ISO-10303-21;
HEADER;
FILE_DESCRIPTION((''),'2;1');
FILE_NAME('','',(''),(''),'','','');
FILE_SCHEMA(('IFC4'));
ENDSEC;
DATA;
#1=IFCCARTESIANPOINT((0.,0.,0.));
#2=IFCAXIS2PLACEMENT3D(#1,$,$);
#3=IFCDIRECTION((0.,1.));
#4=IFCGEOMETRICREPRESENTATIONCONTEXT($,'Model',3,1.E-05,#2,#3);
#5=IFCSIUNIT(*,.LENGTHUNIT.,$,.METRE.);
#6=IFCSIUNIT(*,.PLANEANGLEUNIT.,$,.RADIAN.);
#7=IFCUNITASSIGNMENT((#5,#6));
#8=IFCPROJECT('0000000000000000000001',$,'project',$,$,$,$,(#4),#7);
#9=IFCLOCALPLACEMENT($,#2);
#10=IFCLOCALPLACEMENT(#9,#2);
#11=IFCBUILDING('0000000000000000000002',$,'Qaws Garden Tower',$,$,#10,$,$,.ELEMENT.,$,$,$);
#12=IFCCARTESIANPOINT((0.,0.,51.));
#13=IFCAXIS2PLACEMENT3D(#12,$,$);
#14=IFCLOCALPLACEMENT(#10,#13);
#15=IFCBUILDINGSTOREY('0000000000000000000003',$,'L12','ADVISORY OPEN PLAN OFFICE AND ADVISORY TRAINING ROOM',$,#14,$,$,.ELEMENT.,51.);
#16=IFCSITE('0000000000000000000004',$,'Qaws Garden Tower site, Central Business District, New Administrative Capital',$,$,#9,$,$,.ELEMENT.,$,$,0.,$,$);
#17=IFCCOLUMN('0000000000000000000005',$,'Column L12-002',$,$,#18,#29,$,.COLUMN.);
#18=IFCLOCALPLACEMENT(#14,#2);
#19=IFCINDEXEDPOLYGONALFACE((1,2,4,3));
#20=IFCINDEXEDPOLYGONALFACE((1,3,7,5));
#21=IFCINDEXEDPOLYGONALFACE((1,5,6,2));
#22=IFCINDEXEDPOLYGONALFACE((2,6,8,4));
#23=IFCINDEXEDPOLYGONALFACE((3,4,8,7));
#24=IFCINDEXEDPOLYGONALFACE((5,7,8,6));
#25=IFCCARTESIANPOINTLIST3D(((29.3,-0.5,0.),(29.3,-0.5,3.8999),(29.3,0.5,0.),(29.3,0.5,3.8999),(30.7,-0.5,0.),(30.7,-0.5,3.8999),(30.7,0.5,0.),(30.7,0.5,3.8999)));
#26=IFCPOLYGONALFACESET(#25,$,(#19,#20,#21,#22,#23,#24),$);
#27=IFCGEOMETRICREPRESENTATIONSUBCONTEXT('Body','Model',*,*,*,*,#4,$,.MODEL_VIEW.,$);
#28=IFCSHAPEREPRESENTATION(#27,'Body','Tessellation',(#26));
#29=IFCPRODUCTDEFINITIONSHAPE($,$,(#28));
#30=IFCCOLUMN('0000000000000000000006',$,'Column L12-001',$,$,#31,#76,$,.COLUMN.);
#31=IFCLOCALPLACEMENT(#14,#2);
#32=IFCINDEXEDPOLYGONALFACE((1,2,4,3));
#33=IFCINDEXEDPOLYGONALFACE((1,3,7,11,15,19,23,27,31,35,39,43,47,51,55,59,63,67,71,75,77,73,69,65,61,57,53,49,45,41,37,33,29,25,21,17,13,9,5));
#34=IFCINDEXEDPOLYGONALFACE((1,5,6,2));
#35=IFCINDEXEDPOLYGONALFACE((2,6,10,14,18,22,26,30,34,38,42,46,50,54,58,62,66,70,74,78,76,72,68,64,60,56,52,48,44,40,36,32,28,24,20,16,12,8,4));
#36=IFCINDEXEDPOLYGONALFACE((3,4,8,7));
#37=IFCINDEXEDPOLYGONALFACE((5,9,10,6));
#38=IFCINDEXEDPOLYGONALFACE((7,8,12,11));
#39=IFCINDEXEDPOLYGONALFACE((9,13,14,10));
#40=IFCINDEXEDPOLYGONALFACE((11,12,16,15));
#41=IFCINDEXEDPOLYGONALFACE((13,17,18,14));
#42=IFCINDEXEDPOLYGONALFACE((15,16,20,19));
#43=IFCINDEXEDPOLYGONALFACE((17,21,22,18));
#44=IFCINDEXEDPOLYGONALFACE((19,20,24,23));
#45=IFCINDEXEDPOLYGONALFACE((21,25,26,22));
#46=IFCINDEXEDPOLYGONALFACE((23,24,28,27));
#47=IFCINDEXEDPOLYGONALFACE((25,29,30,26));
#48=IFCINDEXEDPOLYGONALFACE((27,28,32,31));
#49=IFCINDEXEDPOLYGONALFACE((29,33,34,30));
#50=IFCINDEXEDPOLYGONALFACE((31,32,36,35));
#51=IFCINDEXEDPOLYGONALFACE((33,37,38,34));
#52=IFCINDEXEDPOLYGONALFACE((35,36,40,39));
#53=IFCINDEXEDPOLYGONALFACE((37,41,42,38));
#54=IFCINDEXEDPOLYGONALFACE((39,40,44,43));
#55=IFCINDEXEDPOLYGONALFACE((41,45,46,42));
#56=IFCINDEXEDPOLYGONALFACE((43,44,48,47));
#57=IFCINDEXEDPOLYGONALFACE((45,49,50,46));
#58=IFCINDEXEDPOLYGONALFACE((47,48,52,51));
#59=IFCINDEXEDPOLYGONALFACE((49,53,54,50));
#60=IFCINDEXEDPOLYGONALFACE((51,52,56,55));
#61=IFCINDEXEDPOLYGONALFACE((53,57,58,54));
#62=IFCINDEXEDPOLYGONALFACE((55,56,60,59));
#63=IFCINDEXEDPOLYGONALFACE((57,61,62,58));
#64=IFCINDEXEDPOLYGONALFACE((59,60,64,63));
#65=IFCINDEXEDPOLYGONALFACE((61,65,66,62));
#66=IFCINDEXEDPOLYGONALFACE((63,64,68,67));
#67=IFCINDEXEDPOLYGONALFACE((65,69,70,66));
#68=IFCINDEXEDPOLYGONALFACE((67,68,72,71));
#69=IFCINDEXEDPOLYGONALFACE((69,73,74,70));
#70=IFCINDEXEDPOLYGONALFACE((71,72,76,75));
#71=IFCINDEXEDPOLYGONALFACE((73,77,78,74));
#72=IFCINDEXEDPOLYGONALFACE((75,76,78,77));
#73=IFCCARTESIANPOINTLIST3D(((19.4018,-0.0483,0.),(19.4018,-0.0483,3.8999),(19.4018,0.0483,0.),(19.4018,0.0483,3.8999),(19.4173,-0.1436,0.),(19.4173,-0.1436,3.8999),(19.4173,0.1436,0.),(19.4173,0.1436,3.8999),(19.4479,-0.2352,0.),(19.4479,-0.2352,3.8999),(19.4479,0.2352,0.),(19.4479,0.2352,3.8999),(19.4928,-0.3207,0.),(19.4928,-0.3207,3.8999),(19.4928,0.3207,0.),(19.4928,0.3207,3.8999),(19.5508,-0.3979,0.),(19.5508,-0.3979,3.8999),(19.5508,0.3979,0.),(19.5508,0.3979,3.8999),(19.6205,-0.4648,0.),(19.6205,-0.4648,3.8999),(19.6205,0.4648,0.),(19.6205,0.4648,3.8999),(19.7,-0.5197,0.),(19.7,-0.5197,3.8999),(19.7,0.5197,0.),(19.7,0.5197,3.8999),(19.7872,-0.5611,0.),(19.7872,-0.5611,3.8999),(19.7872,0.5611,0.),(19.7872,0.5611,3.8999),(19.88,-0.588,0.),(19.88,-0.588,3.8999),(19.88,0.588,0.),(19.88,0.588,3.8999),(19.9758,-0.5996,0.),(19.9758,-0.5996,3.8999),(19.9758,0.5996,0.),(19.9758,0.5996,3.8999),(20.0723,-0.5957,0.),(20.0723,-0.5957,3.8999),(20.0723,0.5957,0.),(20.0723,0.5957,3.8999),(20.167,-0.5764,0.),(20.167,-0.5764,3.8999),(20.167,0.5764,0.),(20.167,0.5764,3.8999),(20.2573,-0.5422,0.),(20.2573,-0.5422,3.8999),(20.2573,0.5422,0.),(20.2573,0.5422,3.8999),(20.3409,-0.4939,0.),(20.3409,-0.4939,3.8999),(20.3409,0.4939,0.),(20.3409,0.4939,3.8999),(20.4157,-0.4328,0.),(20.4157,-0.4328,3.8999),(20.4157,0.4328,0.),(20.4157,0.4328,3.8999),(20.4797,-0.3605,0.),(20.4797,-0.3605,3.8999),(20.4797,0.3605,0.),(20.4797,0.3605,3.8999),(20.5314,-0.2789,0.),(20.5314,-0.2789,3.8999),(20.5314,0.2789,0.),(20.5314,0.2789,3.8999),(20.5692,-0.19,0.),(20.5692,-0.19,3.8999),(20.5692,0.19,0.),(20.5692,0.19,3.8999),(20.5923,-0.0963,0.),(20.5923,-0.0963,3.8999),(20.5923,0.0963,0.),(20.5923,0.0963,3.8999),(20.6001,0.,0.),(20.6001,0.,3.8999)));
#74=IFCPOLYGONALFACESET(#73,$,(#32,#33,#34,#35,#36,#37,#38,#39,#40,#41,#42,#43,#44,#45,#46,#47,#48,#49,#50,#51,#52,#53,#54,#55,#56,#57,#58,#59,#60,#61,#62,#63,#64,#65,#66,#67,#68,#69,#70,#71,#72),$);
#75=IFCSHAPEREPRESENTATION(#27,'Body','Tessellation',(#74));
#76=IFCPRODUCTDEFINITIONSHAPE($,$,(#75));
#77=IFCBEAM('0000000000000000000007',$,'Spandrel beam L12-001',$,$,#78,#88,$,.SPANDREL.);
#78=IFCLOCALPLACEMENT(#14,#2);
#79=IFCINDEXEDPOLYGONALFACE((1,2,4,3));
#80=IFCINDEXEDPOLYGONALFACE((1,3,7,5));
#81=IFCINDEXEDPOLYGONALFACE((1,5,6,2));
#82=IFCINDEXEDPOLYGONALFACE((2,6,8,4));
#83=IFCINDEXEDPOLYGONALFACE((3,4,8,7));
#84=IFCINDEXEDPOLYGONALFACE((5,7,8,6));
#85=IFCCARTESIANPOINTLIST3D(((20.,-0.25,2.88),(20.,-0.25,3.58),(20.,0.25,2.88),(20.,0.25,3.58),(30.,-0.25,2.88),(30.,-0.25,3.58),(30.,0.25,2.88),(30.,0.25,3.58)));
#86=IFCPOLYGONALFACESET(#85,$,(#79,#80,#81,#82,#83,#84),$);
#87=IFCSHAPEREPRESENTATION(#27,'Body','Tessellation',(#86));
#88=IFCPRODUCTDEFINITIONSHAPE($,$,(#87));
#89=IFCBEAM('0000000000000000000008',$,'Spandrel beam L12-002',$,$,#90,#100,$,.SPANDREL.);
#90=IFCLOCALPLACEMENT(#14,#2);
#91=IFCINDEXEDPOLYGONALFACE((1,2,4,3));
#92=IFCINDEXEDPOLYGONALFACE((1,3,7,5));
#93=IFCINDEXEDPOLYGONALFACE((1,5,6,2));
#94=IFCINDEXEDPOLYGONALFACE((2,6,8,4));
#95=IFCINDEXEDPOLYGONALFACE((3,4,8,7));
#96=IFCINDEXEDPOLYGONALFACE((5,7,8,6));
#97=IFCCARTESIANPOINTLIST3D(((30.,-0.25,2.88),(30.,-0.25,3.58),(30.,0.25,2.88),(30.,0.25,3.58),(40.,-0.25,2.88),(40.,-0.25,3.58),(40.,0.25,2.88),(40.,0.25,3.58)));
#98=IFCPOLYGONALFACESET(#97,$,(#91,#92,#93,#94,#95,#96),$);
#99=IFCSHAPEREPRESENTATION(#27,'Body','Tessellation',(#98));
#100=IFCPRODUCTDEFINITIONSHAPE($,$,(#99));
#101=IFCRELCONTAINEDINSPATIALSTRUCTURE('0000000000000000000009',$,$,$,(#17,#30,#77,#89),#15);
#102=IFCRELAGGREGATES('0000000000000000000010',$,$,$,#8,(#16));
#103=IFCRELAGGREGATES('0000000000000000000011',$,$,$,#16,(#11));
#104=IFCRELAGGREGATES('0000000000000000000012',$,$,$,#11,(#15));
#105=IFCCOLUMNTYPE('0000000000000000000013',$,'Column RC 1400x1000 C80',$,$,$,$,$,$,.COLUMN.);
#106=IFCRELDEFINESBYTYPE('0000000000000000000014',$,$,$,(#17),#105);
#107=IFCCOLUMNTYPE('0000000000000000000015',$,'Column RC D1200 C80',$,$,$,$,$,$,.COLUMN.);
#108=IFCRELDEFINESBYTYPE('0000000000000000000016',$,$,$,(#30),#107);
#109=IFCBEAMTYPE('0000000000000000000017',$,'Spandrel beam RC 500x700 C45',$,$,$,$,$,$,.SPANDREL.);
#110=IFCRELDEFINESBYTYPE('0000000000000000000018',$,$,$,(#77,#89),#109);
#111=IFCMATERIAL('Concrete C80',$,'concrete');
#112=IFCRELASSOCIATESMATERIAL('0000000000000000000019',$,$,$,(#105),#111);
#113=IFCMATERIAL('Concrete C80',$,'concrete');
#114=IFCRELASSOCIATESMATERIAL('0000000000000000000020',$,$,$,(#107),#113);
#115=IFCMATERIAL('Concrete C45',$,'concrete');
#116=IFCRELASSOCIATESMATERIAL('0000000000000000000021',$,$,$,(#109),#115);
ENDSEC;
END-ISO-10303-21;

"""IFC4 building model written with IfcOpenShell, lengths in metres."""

from ifc_helpers import new_model, si_unit, direction, frame, origin, origin_2d, place, context, subcontext, project, spatial, rectangle, circle, extrude, material, material_profile, profile_set, type_object, element, save


model = new_model("IFC4")

# Units and contexts
model_context = context("Model", 3, precision=1e-05, world=origin(), true_north=direction((0.0, 1.0)))
body_context = subcontext(model_context, "Body", "Model", "MODEL_VIEW")
ifc_project = project(units=[si_unit("LENGTHUNIT", "METRE"), si_unit("PLANEANGLEUNIT", "RADIAN")], contexts=[model_context])

# Site, building, storey
site_placement = place(None, origin())
site = spatial("IfcSite", under=ifc_project, at=site_placement, Name="Qaws Garden Tower site, Central Business District, New Administrative Capital", CompositionType="ELEMENT", RefElevation=0.0)
building_placement = place(site_placement, origin())
building = spatial("IfcBuilding", under=site, at=building_placement, Name="Qaws Garden Tower", CompositionType="ELEMENT")
storey_placement = place(building_placement, frame((0.0, 0.0, 51.0)))
storey = spatial("IfcBuildingStorey", under=building, at=storey_placement, Name="L12", Description="ADVISORY OPEN PLAN OFFICE AND ADVISORY TRAINING ROOM", CompositionType="ELEMENT", Elevation=51.0)

# Columns
ifc_material_1 = material(Name="Concrete C80", Category="concrete")
ifc_material_profile_1 = material_profile(ifc_material_1, rectangle(XDim=1.3999, YDim=1.0, at=origin_2d()), Name="RC 1400x1000")
ifc_profile_set_1 = profile_set([ifc_material_profile_1], Name="Concrete C80")
column_type_1 = type_object("IfcColumnType", Name="Column RC 1400x1000 C80", PredefinedType="COLUMN", material=ifc_profile_set_1)
column_1_placement = place(storey_placement, frame((30.0, 0.0, 0.0), z_axis=(0.0, 0.0, 1.0), x_axis=(1.0, 0.0, 0.0)))
element("IfcColumn", 1, at=column_1_placement, inside=storey, type_object=column_type_1, Name="Column L12-002", PredefinedType="COLUMN", context=body_context, shape_type="SweptSolid", body=[
    extrude(rectangle(XDim=1.3999, YDim=1.0, at=origin_2d()), origin(), (0.0, 0.0, 1.0), 3.8999),
])
ifc_material_2 = material(Name="Concrete C80", Category="concrete")
ifc_material_profile_2 = material_profile(ifc_material_2, circle(Radius=0.6001, at=origin_2d()), Name="RC D1200")
ifc_profile_set_2 = profile_set([ifc_material_profile_2], Name="Concrete C80")
column_type_2 = type_object("IfcColumnType", Name="Column RC D1200 C80", PredefinedType="COLUMN", material=ifc_profile_set_2)
column_2_placement = place(storey_placement, frame((20.0, 0.0, 0.0), z_axis=(0.0, 0.0, 1.0), x_axis=(1.0, 0.0, 0.0)))
element("IfcColumn", 2, at=column_2_placement, inside=storey, type_object=column_type_2, Name="Column L12-001", PredefinedType="COLUMN", context=body_context, shape_type="SweptSolid", body=[
    extrude(circle(Radius=0.6001, at=origin_2d()), origin(), (0.0, 0.0, 1.0), 3.8999),
])

# Beams
ifc_material_3 = material(Name="Concrete C45", Category="concrete")
ifc_material_profile_3 = material_profile(ifc_material_3, rectangle(XDim=0.5, YDim=0.7, at=origin_2d()), Name="RC 500x700")
ifc_profile_set_3 = profile_set([ifc_material_profile_3], Name="Concrete C45")
beam_type = type_object("IfcBeamType", Name="Spandrel beam RC 500x700 C45", PredefinedType="SPANDREL", material=ifc_profile_set_3)
for number, where, z_axis, x_axis, name in (
    (3, (20.0, 0.0, 3.23), (1.0, 0.0, 0.0), (0.0, 1.0, 0.0), "Spandrel beam L12-001"),
    (4, (30.0, 0.0, 3.23), (1.0, 0.0, 0.0), (0.0, 1.0, 0.0), "Spandrel beam L12-002"),
):
    element("IfcBeam", number, at=place(storey_placement, frame(where, z_axis=z_axis, x_axis=x_axis)), inside=storey, type_object=beam_type, Name=name, PredefinedType="SPANDREL", context=body_context, shape_type="SweptSolid", body=[
        extrude(rectangle(XDim=0.5, YDim=0.7, at=origin_2d()), origin(), (0.0, 0.0, 1.0), 10.0),
    ])

save(model, "model.ifc")
